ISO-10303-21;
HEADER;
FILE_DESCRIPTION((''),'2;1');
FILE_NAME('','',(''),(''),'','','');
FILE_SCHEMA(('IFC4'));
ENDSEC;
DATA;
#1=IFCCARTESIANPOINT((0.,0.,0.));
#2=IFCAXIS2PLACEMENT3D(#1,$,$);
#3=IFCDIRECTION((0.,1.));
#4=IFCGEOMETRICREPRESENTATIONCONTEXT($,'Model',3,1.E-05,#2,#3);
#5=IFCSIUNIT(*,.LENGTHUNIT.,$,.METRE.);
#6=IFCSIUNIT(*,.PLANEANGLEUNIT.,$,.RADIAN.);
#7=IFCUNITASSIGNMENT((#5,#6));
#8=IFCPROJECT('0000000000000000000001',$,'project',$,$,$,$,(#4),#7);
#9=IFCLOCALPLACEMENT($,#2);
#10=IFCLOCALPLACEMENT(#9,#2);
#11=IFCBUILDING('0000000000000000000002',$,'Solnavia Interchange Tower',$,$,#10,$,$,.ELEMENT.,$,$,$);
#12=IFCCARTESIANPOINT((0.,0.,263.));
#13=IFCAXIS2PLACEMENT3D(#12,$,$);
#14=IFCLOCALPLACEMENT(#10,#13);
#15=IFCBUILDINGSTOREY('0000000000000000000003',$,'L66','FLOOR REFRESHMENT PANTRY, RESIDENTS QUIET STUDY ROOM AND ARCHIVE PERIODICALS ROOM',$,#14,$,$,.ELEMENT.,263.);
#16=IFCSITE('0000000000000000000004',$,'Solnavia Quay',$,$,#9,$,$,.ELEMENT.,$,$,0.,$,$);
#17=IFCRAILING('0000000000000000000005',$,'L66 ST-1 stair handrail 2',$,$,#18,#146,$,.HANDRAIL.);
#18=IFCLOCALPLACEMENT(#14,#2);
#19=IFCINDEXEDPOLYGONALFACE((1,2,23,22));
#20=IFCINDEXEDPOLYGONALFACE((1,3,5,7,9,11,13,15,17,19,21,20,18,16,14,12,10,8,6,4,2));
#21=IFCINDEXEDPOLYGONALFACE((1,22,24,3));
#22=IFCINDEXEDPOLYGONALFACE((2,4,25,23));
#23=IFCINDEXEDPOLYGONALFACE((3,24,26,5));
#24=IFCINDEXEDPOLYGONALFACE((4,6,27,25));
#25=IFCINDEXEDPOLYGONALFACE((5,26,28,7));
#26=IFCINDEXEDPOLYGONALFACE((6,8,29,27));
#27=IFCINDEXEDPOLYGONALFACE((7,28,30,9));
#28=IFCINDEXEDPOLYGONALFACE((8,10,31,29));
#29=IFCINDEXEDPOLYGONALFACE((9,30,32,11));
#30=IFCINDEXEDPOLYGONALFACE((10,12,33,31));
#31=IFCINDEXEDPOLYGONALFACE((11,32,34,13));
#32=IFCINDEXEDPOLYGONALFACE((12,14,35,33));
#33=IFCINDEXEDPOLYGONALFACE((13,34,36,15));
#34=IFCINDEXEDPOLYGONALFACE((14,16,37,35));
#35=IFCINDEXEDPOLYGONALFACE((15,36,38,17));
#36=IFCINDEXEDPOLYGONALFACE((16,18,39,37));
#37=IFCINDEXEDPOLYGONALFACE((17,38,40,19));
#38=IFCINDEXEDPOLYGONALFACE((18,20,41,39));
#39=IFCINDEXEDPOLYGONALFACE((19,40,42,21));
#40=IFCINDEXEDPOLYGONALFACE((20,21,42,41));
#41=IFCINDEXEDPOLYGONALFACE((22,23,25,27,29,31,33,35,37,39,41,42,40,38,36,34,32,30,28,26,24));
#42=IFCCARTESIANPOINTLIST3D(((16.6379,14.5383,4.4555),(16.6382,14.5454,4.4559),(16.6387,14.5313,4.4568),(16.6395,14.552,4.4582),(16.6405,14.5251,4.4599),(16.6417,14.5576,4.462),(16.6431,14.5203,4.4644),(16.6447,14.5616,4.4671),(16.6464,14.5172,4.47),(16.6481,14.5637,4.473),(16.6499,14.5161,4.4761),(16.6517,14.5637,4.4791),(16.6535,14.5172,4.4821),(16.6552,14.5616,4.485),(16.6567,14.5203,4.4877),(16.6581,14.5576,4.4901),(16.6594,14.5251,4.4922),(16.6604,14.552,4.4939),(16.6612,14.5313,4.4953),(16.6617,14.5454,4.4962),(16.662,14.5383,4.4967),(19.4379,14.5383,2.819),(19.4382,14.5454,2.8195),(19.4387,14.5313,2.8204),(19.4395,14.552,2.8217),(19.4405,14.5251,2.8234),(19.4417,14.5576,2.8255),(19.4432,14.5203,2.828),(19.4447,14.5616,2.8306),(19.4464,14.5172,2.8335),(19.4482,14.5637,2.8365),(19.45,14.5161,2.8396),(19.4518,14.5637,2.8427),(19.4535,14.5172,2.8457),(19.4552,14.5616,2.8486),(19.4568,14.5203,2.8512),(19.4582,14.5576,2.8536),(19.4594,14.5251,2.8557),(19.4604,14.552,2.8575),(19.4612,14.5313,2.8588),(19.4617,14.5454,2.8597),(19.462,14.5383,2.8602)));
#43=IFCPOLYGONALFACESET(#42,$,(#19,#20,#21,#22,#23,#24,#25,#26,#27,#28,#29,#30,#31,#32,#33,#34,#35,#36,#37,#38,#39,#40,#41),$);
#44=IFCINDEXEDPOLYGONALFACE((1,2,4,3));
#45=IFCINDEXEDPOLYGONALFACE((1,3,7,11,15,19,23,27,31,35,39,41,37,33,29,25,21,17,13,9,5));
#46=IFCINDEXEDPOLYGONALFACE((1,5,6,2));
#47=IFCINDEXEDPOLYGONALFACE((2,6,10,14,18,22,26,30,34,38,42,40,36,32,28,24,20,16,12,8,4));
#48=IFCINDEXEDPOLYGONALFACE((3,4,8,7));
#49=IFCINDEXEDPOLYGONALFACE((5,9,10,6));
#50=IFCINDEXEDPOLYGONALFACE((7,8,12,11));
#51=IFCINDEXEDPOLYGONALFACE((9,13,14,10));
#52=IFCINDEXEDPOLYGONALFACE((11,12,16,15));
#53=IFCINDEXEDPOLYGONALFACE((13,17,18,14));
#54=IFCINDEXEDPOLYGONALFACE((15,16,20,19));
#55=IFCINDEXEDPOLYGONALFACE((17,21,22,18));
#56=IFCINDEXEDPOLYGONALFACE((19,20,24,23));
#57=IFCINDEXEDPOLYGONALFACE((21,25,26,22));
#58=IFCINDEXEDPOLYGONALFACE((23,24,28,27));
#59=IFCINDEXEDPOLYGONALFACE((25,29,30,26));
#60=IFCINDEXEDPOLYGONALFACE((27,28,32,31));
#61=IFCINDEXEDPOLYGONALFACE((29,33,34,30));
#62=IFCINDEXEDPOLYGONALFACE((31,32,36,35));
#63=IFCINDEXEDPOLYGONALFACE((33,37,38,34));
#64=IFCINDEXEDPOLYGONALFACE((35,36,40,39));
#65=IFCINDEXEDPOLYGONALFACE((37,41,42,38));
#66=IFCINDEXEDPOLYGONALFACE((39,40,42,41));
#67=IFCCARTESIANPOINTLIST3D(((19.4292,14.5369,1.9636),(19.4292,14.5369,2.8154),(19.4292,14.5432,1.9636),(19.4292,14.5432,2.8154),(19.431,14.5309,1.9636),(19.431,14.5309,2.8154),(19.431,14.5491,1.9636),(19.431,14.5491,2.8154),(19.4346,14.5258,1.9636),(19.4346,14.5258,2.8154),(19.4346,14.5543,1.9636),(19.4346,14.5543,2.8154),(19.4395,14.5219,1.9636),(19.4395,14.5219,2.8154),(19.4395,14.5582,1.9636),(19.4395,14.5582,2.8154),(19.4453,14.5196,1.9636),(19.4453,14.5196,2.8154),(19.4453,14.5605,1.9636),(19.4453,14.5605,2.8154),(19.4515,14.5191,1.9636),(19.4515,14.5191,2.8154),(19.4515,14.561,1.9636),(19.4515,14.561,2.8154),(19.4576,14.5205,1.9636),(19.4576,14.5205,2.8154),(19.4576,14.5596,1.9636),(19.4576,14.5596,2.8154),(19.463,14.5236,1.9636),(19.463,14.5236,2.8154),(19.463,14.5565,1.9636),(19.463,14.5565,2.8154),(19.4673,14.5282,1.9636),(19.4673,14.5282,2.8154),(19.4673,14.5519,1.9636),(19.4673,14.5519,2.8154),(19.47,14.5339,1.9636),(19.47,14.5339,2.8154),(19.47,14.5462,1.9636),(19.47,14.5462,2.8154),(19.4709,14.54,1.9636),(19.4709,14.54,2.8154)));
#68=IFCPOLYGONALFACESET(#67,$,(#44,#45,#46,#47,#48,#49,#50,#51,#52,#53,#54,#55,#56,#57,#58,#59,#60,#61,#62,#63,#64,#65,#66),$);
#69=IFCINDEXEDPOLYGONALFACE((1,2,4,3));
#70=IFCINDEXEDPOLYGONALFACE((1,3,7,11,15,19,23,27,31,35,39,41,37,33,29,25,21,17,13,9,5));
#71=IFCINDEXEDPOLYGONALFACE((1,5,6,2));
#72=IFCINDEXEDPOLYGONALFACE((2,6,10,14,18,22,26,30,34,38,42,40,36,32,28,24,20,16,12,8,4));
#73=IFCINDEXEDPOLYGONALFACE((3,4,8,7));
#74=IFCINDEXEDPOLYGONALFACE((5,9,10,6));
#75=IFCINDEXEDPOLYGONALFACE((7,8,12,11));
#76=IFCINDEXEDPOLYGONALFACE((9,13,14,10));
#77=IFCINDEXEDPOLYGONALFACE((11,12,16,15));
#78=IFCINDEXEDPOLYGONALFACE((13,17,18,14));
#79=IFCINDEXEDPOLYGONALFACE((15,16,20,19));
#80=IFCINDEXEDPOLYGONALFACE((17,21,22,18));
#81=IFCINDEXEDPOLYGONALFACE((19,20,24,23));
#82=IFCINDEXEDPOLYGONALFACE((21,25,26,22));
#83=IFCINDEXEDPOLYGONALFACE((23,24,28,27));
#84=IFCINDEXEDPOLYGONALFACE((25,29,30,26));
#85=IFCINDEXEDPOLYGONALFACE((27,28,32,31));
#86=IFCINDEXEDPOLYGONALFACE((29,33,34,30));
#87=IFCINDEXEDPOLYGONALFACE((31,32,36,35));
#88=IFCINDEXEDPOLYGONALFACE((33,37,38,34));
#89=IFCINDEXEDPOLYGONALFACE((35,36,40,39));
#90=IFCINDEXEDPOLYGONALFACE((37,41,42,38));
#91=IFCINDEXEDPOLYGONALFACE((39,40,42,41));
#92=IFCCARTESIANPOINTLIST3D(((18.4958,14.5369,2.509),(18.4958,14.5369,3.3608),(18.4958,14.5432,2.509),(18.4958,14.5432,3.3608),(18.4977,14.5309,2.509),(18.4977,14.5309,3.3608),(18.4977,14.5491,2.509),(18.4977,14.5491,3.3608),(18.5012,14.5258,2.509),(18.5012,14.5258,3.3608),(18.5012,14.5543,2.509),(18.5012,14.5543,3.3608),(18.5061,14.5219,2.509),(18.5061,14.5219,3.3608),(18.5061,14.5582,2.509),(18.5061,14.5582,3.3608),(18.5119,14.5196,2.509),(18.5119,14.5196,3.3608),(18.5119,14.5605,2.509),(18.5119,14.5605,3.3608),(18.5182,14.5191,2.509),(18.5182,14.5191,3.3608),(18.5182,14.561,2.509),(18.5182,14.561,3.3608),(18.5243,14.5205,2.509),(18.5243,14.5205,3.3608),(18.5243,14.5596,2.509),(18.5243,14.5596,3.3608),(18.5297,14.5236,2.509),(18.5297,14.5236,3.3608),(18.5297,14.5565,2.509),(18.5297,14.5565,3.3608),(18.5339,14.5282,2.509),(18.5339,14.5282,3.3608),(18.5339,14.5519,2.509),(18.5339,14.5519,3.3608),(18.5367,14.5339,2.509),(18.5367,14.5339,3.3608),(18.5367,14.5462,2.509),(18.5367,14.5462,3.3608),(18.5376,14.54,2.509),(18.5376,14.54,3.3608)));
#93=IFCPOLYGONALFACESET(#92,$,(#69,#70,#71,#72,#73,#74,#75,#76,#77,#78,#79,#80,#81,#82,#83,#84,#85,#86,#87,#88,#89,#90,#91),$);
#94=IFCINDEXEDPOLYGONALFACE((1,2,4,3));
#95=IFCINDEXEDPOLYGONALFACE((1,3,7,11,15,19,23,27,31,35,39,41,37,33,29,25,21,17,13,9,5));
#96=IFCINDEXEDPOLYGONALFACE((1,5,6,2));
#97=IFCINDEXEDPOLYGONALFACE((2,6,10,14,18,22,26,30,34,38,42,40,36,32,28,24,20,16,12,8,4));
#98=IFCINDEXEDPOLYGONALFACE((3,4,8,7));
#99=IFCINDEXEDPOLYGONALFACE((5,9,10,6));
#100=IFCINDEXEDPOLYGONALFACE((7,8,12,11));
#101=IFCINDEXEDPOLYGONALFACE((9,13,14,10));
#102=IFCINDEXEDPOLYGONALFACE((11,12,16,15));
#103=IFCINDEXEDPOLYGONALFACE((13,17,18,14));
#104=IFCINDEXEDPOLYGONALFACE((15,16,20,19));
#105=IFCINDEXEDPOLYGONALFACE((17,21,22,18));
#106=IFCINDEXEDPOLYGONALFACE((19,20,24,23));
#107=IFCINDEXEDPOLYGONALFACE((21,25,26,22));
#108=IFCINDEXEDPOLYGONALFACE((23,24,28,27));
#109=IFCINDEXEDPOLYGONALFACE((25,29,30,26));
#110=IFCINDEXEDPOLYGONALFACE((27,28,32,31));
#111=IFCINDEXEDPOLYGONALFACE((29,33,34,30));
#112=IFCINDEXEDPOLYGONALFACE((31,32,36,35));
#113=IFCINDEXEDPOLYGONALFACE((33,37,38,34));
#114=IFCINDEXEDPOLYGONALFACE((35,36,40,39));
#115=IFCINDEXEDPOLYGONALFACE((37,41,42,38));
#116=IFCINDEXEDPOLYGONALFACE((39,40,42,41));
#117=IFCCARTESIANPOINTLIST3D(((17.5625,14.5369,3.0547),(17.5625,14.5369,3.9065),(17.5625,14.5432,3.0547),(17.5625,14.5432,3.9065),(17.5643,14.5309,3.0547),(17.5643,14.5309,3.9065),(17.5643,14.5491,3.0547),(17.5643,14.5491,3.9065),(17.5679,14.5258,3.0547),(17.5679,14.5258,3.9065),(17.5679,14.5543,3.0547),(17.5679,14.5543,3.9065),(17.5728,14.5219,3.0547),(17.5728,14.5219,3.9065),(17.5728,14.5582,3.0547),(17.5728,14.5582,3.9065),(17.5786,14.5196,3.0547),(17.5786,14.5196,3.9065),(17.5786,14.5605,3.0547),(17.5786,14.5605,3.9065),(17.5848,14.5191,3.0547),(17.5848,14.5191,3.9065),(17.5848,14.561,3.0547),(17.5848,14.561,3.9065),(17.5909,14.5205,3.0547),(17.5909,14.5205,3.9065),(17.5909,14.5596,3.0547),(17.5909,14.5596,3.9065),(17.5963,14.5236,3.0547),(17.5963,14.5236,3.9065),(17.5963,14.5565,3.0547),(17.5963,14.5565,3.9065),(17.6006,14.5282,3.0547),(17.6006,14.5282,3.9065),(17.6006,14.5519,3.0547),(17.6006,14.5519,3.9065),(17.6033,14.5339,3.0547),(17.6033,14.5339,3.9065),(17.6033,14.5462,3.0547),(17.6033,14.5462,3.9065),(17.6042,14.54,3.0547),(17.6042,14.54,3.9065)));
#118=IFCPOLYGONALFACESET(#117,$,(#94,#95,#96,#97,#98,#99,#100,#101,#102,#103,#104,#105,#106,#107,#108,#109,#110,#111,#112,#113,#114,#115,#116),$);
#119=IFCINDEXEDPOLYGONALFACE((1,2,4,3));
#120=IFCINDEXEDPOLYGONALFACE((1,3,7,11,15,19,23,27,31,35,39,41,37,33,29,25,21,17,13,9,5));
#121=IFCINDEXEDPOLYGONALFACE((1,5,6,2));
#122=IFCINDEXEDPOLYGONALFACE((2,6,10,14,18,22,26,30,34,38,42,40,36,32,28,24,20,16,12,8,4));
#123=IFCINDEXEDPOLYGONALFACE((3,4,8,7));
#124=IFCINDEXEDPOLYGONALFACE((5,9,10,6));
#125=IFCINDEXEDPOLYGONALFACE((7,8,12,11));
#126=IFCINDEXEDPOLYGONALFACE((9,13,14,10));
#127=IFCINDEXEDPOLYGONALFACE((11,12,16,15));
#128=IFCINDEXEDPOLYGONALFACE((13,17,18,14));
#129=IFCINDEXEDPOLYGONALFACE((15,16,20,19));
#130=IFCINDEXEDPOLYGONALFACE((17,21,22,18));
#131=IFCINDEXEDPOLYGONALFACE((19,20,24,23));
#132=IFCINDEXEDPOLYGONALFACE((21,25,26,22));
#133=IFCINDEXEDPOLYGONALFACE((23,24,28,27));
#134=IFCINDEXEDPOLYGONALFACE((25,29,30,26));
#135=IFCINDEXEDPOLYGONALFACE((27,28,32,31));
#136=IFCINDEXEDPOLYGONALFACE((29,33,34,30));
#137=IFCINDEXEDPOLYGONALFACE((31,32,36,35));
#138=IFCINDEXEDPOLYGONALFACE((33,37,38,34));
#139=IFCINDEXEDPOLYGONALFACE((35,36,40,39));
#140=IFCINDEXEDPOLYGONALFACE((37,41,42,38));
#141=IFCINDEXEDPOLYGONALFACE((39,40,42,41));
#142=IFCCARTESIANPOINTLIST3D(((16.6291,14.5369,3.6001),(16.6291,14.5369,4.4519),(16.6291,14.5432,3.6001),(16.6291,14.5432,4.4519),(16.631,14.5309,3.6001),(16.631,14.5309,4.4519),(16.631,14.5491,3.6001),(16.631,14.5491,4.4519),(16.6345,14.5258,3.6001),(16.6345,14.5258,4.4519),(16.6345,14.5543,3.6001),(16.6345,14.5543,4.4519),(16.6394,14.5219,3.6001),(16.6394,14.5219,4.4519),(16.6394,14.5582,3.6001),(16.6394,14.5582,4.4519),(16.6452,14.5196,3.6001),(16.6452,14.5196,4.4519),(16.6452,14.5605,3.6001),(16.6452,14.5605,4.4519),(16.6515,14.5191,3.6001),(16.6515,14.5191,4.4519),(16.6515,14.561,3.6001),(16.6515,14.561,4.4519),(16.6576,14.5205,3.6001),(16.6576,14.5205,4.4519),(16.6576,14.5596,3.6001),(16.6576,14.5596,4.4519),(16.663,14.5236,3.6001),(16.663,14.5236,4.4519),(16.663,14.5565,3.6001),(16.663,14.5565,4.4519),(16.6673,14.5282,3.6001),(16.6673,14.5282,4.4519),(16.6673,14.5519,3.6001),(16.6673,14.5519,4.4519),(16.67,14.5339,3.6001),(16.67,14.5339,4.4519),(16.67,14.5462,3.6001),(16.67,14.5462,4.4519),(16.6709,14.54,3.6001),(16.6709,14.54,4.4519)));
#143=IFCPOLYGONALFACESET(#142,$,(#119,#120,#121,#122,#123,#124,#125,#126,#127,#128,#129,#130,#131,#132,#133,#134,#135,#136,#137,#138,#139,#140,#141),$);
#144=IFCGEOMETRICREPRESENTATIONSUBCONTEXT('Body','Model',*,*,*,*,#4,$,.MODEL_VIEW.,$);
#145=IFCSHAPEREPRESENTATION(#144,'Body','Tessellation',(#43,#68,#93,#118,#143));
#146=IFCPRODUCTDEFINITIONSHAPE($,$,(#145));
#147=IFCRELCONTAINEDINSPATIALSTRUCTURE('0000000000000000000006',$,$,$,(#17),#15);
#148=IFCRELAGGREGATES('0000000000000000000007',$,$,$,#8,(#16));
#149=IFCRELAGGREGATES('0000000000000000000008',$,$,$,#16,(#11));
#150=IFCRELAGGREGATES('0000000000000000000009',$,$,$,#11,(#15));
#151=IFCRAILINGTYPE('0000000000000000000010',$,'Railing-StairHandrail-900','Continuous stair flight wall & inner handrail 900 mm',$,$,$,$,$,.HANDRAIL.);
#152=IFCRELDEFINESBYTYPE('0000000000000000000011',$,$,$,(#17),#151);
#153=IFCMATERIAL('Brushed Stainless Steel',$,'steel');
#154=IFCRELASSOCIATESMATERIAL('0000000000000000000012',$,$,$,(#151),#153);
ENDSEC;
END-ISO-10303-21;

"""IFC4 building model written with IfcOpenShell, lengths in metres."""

from ifc_helpers import new_model, si_unit, direction, frame, origin, origin_2d, place, context, subcontext, project, spatial, circle, extrude, material, type_object, element, save


model = new_model("IFC4")

# Units and contexts
model_context = context("Model", 3, precision=1e-05, world=origin(), true_north=direction((0.0, 1.0)))
body_context = subcontext(model_context, "Body", "Model", "MODEL_VIEW")
ifc_project = project(units=[si_unit("LENGTHUNIT", "METRE"), si_unit("PLANEANGLEUNIT", "RADIAN")], contexts=[model_context])

# Site, building, storey
site_placement = place(None, origin())
site = spatial("IfcSite", under=ifc_project, at=site_placement, Name="Solnavia Quay", CompositionType="ELEMENT", RefElevation=0.0)
building_placement = place(site_placement, origin())
building = spatial("IfcBuilding", under=site, at=building_placement, Name="Solnavia Interchange Tower", CompositionType="ELEMENT")
storey_placement = place(building_placement, frame((0.0, 0.0, 263.0)))
storey = spatial("IfcBuildingStorey", under=building, at=storey_placement, Name="L66", Description="FLOOR REFRESHMENT PANTRY, RESIDENTS QUIET STUDY ROOM AND ARCHIVE PERIODICALS ROOM", CompositionType="ELEMENT", Elevation=263.0)

# Railing
ifc_material_1 = material(Name="Brushed Stainless Steel", Category="steel")
railing_type_1 = type_object("IfcRailingType", Name="Railing-StairHandrail-900", Description="Continuous stair flight wall & inner handrail 900 mm", PredefinedType="HANDRAIL", material=ifc_material_1)
railing_1_placement = place(storey_placement, frame((19.45, 14.54, 1.9636)))
element("IfcRailing", 1, at=railing_1_placement, inside=storey, type_object=railing_type_1, Name="L66 ST-1 stair handrail 2", PredefinedType="HANDRAIL", context=body_context, shape_type="SweptSolid", body=[
    extrude(circle(Radius=0.0239, at=origin_2d()), frame((0.0, 0.0, 0.876), z_axis=(-0.863361, 0.0, 0.504587), x_axis=(0.0, -1.0, 0.0)), (0.0, 0.0, 1.0), 3.2432),
    extrude(circle(Radius=0.021, at=origin_2d()), origin(), (0.0, 0.0, 1.0), 0.8518),
    extrude(circle(Radius=0.021, at=origin_2d()), frame((-0.9333, 0.0, 0.5454)), (0.0, 0.0, 1.0), 0.8518),
    extrude(circle(Radius=0.021, at=origin_2d()), frame((-1.8667, 0.0, 1.0911)), (0.0, 0.0, 1.0), 0.8518),
    extrude(circle(Radius=0.021, at=origin_2d()), frame((-2.8, 0.0, 1.6365)), (0.0, 0.0, 1.0), 0.8518),
])

save(model, "model.ifc")
